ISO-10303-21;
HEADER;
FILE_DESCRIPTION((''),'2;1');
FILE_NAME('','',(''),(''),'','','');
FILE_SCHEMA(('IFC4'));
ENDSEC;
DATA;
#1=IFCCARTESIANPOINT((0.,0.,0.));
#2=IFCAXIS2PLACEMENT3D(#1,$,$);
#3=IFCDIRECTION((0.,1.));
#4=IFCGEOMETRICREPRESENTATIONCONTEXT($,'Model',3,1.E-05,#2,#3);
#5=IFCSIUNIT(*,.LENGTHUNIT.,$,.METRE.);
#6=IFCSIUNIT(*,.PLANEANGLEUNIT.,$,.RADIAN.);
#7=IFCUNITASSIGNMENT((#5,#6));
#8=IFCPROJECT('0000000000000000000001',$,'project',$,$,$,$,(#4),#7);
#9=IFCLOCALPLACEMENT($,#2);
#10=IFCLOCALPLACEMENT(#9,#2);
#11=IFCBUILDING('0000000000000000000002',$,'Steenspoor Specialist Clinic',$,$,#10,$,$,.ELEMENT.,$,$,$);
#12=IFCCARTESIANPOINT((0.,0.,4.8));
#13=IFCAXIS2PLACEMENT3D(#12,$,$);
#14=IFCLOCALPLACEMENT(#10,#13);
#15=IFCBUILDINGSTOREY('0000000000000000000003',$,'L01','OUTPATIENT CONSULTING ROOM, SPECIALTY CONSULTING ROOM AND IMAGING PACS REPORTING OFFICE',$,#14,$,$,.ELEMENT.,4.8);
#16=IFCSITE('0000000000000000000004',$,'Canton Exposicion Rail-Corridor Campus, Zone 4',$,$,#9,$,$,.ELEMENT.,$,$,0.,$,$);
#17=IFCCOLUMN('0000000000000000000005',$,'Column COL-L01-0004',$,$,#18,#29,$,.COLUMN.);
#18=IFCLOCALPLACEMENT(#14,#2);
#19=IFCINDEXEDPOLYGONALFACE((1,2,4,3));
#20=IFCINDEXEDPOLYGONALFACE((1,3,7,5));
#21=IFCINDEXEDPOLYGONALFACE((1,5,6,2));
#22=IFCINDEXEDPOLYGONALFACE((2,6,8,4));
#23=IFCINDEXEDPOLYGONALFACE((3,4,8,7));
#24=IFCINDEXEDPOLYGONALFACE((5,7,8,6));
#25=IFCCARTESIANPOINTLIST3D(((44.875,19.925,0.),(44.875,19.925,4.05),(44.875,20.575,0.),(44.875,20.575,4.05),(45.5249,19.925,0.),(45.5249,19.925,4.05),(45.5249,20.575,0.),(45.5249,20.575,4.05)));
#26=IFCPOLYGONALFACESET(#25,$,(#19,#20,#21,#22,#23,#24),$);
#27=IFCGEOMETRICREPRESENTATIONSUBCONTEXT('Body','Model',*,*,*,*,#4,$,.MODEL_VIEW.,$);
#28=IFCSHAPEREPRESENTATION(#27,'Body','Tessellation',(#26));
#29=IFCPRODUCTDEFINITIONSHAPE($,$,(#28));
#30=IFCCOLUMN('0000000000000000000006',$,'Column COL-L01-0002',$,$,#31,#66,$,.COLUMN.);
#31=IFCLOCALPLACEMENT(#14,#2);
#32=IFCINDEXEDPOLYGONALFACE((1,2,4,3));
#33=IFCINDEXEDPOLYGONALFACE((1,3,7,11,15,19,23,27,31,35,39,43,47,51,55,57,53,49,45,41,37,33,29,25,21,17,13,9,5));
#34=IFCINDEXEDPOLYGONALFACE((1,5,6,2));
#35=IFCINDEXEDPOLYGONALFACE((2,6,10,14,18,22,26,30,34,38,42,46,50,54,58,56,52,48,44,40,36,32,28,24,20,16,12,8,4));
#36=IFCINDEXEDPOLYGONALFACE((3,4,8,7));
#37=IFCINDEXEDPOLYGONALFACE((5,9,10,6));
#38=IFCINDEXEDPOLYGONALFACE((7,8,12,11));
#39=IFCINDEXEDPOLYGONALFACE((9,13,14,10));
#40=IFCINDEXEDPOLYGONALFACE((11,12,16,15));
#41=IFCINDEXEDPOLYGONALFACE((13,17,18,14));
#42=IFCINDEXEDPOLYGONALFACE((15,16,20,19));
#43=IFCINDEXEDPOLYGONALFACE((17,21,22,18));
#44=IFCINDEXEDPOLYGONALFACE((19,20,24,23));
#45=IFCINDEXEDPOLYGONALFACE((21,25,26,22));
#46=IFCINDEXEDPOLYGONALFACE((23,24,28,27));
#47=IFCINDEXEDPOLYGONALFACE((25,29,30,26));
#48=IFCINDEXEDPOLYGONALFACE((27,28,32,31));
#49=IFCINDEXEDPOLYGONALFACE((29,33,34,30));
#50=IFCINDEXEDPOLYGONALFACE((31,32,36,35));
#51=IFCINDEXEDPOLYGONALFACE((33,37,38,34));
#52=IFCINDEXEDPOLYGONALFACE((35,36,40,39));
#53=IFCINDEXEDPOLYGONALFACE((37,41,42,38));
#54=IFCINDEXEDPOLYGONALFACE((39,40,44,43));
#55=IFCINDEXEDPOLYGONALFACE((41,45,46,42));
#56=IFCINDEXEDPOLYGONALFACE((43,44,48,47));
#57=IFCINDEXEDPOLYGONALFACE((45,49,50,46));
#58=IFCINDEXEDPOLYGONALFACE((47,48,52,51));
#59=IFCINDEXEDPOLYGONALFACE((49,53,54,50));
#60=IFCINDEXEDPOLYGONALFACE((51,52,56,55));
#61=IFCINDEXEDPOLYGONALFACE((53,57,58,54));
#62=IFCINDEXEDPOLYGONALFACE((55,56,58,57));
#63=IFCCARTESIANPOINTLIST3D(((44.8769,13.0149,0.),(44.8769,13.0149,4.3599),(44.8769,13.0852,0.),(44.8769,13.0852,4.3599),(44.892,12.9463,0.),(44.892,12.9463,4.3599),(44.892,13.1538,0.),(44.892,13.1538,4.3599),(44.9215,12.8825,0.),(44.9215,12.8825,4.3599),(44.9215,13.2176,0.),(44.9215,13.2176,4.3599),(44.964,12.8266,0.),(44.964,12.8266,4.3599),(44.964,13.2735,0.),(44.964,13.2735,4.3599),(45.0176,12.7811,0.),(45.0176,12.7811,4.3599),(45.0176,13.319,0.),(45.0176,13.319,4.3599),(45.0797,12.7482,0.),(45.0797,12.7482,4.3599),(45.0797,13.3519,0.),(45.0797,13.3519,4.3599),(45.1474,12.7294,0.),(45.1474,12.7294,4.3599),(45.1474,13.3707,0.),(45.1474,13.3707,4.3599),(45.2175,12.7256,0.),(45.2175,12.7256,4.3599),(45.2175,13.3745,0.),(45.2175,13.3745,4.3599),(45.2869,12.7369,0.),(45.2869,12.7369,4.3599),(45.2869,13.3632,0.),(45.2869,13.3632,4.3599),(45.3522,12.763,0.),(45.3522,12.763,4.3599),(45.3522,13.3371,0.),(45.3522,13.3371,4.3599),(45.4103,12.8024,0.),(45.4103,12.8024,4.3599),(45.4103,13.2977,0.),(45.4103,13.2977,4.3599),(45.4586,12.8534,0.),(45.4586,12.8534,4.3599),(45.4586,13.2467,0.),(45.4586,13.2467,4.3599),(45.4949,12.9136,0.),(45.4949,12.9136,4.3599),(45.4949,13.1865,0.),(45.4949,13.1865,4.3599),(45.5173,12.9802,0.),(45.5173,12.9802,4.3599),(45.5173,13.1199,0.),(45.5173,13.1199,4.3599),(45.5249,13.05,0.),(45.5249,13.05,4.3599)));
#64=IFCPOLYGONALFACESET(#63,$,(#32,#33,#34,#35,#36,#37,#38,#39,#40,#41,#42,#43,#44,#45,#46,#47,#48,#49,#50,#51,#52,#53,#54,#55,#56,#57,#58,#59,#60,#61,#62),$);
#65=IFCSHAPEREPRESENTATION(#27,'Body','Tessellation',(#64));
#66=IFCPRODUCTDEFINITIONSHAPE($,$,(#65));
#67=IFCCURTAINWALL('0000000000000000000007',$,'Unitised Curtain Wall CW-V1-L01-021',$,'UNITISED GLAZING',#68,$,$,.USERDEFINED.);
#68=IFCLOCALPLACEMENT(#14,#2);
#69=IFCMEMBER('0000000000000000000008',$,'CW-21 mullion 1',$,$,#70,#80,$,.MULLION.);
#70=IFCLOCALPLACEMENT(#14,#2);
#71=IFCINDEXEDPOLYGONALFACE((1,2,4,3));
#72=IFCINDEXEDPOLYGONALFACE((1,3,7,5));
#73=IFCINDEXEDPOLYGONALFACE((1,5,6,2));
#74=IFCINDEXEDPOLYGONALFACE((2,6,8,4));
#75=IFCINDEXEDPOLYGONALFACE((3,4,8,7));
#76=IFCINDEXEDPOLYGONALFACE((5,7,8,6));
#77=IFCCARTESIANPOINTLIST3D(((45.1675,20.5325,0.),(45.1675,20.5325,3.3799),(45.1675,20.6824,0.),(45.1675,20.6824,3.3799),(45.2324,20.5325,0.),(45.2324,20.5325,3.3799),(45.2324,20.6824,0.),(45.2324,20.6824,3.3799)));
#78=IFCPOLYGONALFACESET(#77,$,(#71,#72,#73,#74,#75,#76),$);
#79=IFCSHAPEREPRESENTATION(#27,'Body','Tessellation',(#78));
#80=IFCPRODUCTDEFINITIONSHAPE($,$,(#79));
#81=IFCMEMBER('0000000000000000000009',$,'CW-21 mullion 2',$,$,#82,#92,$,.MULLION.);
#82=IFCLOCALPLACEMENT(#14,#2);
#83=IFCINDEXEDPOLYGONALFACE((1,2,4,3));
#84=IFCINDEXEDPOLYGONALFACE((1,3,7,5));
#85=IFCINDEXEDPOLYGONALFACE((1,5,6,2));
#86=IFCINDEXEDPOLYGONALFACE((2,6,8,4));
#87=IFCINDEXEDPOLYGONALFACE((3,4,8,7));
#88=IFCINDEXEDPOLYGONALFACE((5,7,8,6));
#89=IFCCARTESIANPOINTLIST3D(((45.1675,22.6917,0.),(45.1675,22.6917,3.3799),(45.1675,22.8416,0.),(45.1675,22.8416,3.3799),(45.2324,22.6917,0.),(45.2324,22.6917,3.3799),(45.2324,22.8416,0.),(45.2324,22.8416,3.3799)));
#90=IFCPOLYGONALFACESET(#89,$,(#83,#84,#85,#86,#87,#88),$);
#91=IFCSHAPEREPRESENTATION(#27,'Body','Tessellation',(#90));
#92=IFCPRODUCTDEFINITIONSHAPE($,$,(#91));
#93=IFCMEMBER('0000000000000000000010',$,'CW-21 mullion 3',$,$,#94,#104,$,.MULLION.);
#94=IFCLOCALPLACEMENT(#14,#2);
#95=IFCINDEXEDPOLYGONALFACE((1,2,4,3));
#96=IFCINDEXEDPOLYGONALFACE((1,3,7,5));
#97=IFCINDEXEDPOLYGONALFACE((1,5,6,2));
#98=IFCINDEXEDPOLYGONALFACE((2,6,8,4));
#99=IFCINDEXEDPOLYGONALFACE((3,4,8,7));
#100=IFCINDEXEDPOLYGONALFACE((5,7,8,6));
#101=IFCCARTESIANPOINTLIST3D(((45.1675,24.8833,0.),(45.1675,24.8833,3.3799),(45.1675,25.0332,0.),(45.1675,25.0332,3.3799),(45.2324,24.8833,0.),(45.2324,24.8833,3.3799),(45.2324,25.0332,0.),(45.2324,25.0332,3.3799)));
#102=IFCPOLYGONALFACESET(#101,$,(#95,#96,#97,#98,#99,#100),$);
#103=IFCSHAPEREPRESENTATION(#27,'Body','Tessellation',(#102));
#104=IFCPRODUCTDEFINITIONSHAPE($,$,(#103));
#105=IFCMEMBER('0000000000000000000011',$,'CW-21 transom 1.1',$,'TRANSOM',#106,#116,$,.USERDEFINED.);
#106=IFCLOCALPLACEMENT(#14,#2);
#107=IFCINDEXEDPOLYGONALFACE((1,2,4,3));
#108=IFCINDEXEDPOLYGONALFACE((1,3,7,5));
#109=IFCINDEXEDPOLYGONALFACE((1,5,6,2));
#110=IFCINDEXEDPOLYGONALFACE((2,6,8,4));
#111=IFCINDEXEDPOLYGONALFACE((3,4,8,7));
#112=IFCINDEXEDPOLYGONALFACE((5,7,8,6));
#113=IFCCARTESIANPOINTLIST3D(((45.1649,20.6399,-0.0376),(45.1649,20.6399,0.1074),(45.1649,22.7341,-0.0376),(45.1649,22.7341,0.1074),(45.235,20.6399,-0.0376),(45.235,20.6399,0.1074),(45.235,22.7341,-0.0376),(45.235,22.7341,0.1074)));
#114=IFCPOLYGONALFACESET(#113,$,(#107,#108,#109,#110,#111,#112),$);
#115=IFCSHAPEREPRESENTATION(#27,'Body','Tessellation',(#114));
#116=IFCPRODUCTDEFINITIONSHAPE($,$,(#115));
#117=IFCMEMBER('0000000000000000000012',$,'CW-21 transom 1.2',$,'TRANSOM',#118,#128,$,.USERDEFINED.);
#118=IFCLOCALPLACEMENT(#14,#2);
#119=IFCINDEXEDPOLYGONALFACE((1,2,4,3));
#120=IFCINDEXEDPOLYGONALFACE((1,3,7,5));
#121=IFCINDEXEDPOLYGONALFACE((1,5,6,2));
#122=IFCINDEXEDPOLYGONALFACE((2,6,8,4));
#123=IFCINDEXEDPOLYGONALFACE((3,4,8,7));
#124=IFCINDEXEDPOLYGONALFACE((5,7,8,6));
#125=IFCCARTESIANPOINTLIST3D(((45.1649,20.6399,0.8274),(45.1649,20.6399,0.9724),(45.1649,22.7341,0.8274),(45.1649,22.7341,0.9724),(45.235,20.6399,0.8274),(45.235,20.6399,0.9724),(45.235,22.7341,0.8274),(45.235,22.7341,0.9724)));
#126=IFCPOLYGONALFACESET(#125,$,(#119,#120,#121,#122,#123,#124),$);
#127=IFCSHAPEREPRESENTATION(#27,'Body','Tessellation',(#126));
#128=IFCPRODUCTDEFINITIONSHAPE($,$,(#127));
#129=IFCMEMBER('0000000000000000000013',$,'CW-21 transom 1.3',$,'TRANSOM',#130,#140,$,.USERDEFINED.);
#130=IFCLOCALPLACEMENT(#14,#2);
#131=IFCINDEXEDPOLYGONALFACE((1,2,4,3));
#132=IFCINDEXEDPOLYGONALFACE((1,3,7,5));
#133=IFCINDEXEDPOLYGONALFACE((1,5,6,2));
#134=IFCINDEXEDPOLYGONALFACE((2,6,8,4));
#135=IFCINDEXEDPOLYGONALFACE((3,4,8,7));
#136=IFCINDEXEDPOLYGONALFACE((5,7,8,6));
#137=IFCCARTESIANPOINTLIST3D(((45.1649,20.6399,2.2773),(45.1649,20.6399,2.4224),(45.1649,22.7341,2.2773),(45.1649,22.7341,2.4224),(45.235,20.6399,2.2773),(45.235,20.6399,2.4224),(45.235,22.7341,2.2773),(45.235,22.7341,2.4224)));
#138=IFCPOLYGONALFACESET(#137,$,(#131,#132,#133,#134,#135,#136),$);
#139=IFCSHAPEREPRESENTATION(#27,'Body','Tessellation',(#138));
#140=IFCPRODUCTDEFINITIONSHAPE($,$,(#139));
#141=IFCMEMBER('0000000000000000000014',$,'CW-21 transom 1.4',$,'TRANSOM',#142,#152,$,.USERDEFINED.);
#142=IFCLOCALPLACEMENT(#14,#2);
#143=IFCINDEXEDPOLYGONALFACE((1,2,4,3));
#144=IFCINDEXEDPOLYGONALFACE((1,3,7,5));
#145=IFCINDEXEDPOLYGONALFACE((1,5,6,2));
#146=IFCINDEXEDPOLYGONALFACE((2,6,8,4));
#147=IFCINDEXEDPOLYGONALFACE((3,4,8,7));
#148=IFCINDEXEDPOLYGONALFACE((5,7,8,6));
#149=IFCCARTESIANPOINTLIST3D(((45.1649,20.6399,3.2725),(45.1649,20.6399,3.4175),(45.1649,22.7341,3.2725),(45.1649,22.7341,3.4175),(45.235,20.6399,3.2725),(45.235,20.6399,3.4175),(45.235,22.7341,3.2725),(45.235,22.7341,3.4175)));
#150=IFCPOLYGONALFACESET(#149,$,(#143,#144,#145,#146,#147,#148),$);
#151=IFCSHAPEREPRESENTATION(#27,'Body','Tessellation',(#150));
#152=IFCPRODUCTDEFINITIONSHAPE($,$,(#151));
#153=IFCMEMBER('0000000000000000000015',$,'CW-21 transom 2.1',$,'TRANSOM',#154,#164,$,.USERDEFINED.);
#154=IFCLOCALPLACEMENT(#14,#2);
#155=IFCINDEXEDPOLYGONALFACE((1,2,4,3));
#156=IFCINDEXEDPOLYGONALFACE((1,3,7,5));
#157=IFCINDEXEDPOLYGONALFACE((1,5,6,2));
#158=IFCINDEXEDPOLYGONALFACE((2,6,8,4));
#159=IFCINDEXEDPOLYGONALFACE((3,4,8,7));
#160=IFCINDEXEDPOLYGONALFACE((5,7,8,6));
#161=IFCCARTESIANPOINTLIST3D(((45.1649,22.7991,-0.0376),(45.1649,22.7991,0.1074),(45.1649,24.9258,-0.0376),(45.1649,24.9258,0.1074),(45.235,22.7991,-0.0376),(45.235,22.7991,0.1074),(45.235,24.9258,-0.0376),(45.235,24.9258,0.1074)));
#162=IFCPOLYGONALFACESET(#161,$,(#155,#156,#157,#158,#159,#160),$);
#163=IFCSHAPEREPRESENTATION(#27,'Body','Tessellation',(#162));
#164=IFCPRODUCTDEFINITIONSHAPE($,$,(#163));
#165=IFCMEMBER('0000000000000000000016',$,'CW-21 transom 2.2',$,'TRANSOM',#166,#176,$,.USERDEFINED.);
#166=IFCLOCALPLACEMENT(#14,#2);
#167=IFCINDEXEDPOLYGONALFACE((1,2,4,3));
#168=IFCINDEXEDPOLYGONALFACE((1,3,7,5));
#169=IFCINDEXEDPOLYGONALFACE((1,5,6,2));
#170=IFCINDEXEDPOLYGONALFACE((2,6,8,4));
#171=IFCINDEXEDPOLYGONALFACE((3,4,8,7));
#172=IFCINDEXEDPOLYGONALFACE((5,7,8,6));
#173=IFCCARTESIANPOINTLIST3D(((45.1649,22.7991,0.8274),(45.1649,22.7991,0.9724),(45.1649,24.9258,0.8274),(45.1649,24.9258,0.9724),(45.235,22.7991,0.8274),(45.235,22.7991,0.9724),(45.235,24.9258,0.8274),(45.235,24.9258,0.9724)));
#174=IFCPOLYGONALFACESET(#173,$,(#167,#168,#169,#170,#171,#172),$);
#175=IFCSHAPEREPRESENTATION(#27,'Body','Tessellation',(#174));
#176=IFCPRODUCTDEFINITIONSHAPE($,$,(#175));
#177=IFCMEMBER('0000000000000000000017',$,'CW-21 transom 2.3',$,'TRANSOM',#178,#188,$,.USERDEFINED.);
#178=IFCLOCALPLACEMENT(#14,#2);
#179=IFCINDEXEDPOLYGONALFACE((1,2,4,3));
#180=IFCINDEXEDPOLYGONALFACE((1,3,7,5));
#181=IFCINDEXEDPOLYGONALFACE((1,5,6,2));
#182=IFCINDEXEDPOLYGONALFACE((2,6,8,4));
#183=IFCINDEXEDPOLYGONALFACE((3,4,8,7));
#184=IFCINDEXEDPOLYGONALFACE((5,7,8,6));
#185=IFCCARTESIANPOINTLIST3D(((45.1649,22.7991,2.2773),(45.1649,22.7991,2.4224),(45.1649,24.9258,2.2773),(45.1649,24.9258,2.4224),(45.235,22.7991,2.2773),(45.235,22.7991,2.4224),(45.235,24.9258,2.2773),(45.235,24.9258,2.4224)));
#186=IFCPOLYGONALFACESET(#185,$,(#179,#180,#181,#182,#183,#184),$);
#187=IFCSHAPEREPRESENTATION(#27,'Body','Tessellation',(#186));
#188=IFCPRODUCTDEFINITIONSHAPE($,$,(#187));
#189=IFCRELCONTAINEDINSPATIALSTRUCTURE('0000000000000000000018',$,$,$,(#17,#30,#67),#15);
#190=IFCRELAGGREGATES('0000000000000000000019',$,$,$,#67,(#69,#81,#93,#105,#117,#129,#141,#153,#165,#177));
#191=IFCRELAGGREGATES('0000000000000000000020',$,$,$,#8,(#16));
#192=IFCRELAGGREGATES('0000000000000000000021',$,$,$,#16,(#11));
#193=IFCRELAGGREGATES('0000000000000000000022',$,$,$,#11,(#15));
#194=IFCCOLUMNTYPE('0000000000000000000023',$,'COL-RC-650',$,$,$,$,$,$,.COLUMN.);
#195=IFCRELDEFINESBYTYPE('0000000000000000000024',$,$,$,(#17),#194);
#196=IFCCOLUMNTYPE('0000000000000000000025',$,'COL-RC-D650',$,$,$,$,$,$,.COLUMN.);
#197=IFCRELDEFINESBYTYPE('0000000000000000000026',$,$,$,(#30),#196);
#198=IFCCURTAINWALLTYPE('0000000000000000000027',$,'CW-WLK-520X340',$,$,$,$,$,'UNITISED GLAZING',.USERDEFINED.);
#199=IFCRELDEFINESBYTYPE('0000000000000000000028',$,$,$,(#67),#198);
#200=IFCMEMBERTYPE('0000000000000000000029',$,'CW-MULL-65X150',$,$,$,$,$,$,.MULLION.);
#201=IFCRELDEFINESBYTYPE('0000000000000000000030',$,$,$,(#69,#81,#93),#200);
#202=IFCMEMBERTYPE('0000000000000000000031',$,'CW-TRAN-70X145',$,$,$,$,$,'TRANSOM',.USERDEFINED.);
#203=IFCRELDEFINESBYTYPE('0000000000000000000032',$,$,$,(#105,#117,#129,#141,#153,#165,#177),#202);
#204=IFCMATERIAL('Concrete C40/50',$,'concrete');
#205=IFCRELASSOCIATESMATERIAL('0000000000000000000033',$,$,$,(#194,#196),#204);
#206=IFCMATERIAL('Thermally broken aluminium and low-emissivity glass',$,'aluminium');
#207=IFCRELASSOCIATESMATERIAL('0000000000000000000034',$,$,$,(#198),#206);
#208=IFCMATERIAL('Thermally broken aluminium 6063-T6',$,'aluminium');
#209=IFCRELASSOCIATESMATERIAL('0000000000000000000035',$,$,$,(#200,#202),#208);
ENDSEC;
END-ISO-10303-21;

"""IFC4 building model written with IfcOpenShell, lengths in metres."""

from ifc_helpers import new_model, si_unit, direction, frame, origin, origin_2d, place, context, subcontext, project, spatial, rectangle, circle, extrude, material, material_profile, profile_set, type_object, element, aggregate, save


model = new_model("IFC4")

# Units and contexts
model_context = context("Model", 3, precision=1e-05, world=origin(), true_north=direction((0.0, 1.0)))
body_context = subcontext(model_context, "Body", "Model", "MODEL_VIEW")
ifc_project = project(units=[si_unit("LENGTHUNIT", "METRE"), si_unit("PLANEANGLEUNIT", "RADIAN")], contexts=[model_context])

# Site, building, storey
site_placement = place(None, origin())
site = spatial("IfcSite", under=ifc_project, at=site_placement, Name="Canton Exposicion Rail-Corridor Campus, Zone 4", CompositionType="ELEMENT", RefElevation=0.0)
building_placement = place(site_placement, origin())
building = spatial("IfcBuilding", under=site, at=building_placement, Name="Steenspoor Specialist Clinic", CompositionType="ELEMENT")
storey_placement = place(building_placement, frame((0.0, 0.0, 4.8)))
storey = spatial("IfcBuildingStorey", under=building, at=storey_placement, Name="L01", Description="OUTPATIENT CONSULTING ROOM, SPECIALTY CONSULTING ROOM AND IMAGING PACS REPORTING OFFICE", CompositionType="ELEMENT", Elevation=4.8)

# Columns
ifc_material_1 = material(Name="Concrete C40/50", Category="concrete")
ifc_material_profile_1 = material_profile(ifc_material_1, rectangle(XDim=0.6499, YDim=0.6499, at=origin_2d()), Name="RC-COL-650X650")
ifc_profile_set_1 = profile_set([ifc_material_profile_1], Name="Concrete C40/50")
column_type_1 = type_object("IfcColumnType", Name="COL-RC-650", PredefinedType="COLUMN", material=ifc_profile_set_1)
column_1_placement = place(storey_placement, frame((45.2, 20.25, 0.0), z_axis=(0.0, 0.0, 1.0), x_axis=(1.0, 0.0, 0.0)))
element("IfcColumn", 1, at=column_1_placement, inside=storey, type_object=column_type_1, Name="Column COL-L01-0004", PredefinedType="COLUMN", context=body_context, shape_type="SweptSolid", body=[
    extrude(rectangle(XDim=0.6499, YDim=0.6499, at=origin_2d()), origin(), (0.0, 0.0, 1.0), 4.05),
])
ifc_material_profile_2 = material_profile(ifc_material_1, circle(Radius=0.325, at=origin_2d()), Name="RC-COL-D650")
ifc_profile_set_2 = profile_set([ifc_material_profile_2], Name="Concrete C40/50")
column_type_2 = type_object("IfcColumnType", Name="COL-RC-D650", PredefinedType="COLUMN", material=ifc_profile_set_2)
column_2_placement = place(storey_placement, frame((45.2, 13.05, 0.0), z_axis=(0.0, 0.0, 1.0), x_axis=(1.0, 0.0, 0.0)))
element("IfcColumn", 2, at=column_2_placement, inside=storey, type_object=column_type_2, Name="Column COL-L01-0002", PredefinedType="COLUMN", context=body_context, shape_type="SweptSolid", body=[
    extrude(circle(Radius=0.325, at=origin_2d()), origin(), (0.0, 0.0, 1.0), 4.3599),
])

# Curtain wall, members
ifc_material_2 = material(Name="Thermally broken aluminium and low-emissivity glass", Category="aluminium")
curtain_wall_type = type_object("IfcCurtainWallType", Name="CW-WLK-520X340", ElementType="UNITISED GLAZING", PredefinedType="USERDEFINED", material=ifc_material_2)
curtain_wall_placement = place(storey_placement, origin())
curtain_wall = element("IfcCurtainWall", 3, at=curtain_wall_placement, inside=storey, type_object=curtain_wall_type, Name="Unitised Curtain Wall CW-V1-L01-021", ObjectType="UNITISED GLAZING", PredefinedType="USERDEFINED")
ifc_material_3 = material(Name="Thermally broken aluminium 6063-T6", Category="aluminium")
ifc_material_profile_3 = material_profile(ifc_material_3, rectangle(XDim=0.0649, YDim=0.1499, at=origin_2d()), Name="CWM-65X150")
ifc_profile_set_3 = profile_set([ifc_material_profile_3], Name="Thermally broken aluminium 6063-T6")
member_type_1 = type_object("IfcMemberType", Name="CW-MULL-65X150", PredefinedType="MULLION", material=ifc_profile_set_3)
member_1_placement = place(storey_placement, frame((45.2, 20.6074, 0.0), z_axis=(0.0, 0.0, 1.0), x_axis=(-1.0, 0.0, 0.0)))
member_1 = element("IfcMember", 4, at=member_1_placement, type_object=member_type_1, Name="CW-21 mullion 1", PredefinedType="MULLION", context=body_context, shape_type="SweptSolid", body=[
    extrude(rectangle(XDim=0.0649, YDim=0.1499, at=origin_2d()), origin(), (0.0, 0.0, 1.0), 3.3799),
])
member_2_placement = place(storey_placement, frame((45.2, 22.7666, 0.0), z_axis=(0.0, 0.0, 1.0), x_axis=(-1.0, 0.0, 0.0)))
member_2 = element("IfcMember", 5, at=member_2_placement, type_object=member_type_1, Name="CW-21 mullion 2", PredefinedType="MULLION", context=body_context, shape_type="SweptSolid", body=[
    extrude(rectangle(XDim=0.0649, YDim=0.1499, at=origin_2d()), origin(), (0.0, 0.0, 1.0), 3.3799),
])
member_3_placement = place(storey_placement, frame((45.2, 24.9583, 0.0), z_axis=(0.0, 0.0, 1.0), x_axis=(-1.0, 0.0, 0.0)))
member_3 = element("IfcMember", 6, at=member_3_placement, type_object=member_type_1, Name="CW-21 mullion 3", PredefinedType="MULLION", context=body_context, shape_type="SweptSolid", body=[
    extrude(rectangle(XDim=0.0649, YDim=0.1499, at=origin_2d()), origin(), (0.0, 0.0, 1.0), 3.3799),
])
ifc_material_profile_4 = material_profile(ifc_material_3, rectangle(XDim=0.0701, YDim=0.145, at=origin_2d()), Name="CWT-70X145")
ifc_profile_set_4 = profile_set([ifc_material_profile_4], Name="Thermally broken aluminium 6063-T6")
member_type_2 = type_object("IfcMemberType", Name="CW-TRAN-70X145", ElementType="TRANSOM", PredefinedType="USERDEFINED", material=ifc_profile_set_4)
member_4_placement = place(storey_placement, frame((45.2, 20.6399, 0.0349), z_axis=(0.0, 1.0, 0.0), x_axis=(-1.0, 0.0, 0.0)))
member_4 = element("IfcMember", 7, at=member_4_placement, type_object=member_type_2, Name="CW-21 transom 1.1", ObjectType="TRANSOM", PredefinedType="USERDEFINED", context=body_context, shape_type="SweptSolid", body=[
    extrude(rectangle(XDim=0.0701, YDim=0.145, at=origin_2d()), origin(), (0.0, 0.0, 1.0), 2.0942),
])
member_5_placement = place(storey_placement, frame((45.2, 20.6399, 0.8999), z_axis=(0.0, 1.0, 0.0), x_axis=(-1.0, 0.0, 0.0)))
member_5 = element("IfcMember", 8, at=member_5_placement, type_object=member_type_2, Name="CW-21 transom 1.2", ObjectType="TRANSOM", PredefinedType="USERDEFINED", context=body_context, shape_type="SweptSolid", body=[
    extrude(rectangle(XDim=0.0701, YDim=0.145, at=origin_2d()), origin(), (0.0, 0.0, 1.0), 2.0942),
])
member_6_placement = place(storey_placement, frame((45.2, 20.6399, 2.3499), z_axis=(0.0, 1.0, 0.0), x_axis=(-1.0, 0.0, 0.0)))
member_6 = element("IfcMember", 9, at=member_6_placement, type_object=member_type_2, Name="CW-21 transom 1.3", ObjectType="TRANSOM", PredefinedType="USERDEFINED", context=body_context, shape_type="SweptSolid", body=[
    extrude(rectangle(XDim=0.0701, YDim=0.145, at=origin_2d()), origin(), (0.0, 0.0, 1.0), 2.0942),
])
member_7_placement = place(storey_placement, frame((45.2, 20.6399, 3.345), z_axis=(0.0, 1.0, 0.0), x_axis=(-1.0, 0.0, 0.0)))
member_7 = element("IfcMember", 10, at=member_7_placement, type_object=member_type_2, Name="CW-21 transom 1.4", ObjectType="TRANSOM", PredefinedType="USERDEFINED", context=body_context, shape_type="SweptSolid", body=[
    extrude(rectangle(XDim=0.0701, YDim=0.145, at=origin_2d()), origin(), (0.0, 0.0, 1.0), 2.0942),
])
member_8_placement = place(storey_placement, frame((45.2, 22.7991, 0.0349), z_axis=(0.0, 1.0, 0.0), x_axis=(-1.0, 0.0, 0.0)))
member_8 = element("IfcMember", 11, at=member_8_placement, type_object=member_type_2, Name="CW-21 transom 2.1", ObjectType="TRANSOM", PredefinedType="USERDEFINED", context=body_context, shape_type="SweptSolid", body=[
    extrude(rectangle(XDim=0.0701, YDim=0.145, at=origin_2d()), origin(), (0.0, 0.0, 1.0), 2.1267),
])
member_9_placement = place(storey_placement, frame((45.2, 22.7991, 0.8999), z_axis=(0.0, 1.0, 0.0), x_axis=(-1.0, 0.0, 0.0)))
member_9 = element("IfcMember", 12, at=member_9_placement, type_object=member_type_2, Name="CW-21 transom 2.2", ObjectType="TRANSOM", PredefinedType="USERDEFINED", context=body_context, shape_type="SweptSolid", body=[
    extrude(rectangle(XDim=0.0701, YDim=0.145, at=origin_2d()), origin(), (0.0, 0.0, 1.0), 2.1267),
])
member_10_placement = place(storey_placement, frame((45.2, 22.7991, 2.3499), z_axis=(0.0, 1.0, 0.0), x_axis=(-1.0, 0.0, 0.0)))
member_10 = element("IfcMember", 13, at=member_10_placement, type_object=member_type_2, Name="CW-21 transom 2.3", ObjectType="TRANSOM", PredefinedType="USERDEFINED", context=body_context, shape_type="SweptSolid", body=[
    extrude(rectangle(XDim=0.0701, YDim=0.145, at=origin_2d()), origin(), (0.0, 0.0, 1.0), 2.1267),
])

aggregate(curtain_wall, [member_1, member_2, member_3, member_4, member_5, member_6, member_7, member_8, member_9, member_10])

save(model, "model.ifc")
